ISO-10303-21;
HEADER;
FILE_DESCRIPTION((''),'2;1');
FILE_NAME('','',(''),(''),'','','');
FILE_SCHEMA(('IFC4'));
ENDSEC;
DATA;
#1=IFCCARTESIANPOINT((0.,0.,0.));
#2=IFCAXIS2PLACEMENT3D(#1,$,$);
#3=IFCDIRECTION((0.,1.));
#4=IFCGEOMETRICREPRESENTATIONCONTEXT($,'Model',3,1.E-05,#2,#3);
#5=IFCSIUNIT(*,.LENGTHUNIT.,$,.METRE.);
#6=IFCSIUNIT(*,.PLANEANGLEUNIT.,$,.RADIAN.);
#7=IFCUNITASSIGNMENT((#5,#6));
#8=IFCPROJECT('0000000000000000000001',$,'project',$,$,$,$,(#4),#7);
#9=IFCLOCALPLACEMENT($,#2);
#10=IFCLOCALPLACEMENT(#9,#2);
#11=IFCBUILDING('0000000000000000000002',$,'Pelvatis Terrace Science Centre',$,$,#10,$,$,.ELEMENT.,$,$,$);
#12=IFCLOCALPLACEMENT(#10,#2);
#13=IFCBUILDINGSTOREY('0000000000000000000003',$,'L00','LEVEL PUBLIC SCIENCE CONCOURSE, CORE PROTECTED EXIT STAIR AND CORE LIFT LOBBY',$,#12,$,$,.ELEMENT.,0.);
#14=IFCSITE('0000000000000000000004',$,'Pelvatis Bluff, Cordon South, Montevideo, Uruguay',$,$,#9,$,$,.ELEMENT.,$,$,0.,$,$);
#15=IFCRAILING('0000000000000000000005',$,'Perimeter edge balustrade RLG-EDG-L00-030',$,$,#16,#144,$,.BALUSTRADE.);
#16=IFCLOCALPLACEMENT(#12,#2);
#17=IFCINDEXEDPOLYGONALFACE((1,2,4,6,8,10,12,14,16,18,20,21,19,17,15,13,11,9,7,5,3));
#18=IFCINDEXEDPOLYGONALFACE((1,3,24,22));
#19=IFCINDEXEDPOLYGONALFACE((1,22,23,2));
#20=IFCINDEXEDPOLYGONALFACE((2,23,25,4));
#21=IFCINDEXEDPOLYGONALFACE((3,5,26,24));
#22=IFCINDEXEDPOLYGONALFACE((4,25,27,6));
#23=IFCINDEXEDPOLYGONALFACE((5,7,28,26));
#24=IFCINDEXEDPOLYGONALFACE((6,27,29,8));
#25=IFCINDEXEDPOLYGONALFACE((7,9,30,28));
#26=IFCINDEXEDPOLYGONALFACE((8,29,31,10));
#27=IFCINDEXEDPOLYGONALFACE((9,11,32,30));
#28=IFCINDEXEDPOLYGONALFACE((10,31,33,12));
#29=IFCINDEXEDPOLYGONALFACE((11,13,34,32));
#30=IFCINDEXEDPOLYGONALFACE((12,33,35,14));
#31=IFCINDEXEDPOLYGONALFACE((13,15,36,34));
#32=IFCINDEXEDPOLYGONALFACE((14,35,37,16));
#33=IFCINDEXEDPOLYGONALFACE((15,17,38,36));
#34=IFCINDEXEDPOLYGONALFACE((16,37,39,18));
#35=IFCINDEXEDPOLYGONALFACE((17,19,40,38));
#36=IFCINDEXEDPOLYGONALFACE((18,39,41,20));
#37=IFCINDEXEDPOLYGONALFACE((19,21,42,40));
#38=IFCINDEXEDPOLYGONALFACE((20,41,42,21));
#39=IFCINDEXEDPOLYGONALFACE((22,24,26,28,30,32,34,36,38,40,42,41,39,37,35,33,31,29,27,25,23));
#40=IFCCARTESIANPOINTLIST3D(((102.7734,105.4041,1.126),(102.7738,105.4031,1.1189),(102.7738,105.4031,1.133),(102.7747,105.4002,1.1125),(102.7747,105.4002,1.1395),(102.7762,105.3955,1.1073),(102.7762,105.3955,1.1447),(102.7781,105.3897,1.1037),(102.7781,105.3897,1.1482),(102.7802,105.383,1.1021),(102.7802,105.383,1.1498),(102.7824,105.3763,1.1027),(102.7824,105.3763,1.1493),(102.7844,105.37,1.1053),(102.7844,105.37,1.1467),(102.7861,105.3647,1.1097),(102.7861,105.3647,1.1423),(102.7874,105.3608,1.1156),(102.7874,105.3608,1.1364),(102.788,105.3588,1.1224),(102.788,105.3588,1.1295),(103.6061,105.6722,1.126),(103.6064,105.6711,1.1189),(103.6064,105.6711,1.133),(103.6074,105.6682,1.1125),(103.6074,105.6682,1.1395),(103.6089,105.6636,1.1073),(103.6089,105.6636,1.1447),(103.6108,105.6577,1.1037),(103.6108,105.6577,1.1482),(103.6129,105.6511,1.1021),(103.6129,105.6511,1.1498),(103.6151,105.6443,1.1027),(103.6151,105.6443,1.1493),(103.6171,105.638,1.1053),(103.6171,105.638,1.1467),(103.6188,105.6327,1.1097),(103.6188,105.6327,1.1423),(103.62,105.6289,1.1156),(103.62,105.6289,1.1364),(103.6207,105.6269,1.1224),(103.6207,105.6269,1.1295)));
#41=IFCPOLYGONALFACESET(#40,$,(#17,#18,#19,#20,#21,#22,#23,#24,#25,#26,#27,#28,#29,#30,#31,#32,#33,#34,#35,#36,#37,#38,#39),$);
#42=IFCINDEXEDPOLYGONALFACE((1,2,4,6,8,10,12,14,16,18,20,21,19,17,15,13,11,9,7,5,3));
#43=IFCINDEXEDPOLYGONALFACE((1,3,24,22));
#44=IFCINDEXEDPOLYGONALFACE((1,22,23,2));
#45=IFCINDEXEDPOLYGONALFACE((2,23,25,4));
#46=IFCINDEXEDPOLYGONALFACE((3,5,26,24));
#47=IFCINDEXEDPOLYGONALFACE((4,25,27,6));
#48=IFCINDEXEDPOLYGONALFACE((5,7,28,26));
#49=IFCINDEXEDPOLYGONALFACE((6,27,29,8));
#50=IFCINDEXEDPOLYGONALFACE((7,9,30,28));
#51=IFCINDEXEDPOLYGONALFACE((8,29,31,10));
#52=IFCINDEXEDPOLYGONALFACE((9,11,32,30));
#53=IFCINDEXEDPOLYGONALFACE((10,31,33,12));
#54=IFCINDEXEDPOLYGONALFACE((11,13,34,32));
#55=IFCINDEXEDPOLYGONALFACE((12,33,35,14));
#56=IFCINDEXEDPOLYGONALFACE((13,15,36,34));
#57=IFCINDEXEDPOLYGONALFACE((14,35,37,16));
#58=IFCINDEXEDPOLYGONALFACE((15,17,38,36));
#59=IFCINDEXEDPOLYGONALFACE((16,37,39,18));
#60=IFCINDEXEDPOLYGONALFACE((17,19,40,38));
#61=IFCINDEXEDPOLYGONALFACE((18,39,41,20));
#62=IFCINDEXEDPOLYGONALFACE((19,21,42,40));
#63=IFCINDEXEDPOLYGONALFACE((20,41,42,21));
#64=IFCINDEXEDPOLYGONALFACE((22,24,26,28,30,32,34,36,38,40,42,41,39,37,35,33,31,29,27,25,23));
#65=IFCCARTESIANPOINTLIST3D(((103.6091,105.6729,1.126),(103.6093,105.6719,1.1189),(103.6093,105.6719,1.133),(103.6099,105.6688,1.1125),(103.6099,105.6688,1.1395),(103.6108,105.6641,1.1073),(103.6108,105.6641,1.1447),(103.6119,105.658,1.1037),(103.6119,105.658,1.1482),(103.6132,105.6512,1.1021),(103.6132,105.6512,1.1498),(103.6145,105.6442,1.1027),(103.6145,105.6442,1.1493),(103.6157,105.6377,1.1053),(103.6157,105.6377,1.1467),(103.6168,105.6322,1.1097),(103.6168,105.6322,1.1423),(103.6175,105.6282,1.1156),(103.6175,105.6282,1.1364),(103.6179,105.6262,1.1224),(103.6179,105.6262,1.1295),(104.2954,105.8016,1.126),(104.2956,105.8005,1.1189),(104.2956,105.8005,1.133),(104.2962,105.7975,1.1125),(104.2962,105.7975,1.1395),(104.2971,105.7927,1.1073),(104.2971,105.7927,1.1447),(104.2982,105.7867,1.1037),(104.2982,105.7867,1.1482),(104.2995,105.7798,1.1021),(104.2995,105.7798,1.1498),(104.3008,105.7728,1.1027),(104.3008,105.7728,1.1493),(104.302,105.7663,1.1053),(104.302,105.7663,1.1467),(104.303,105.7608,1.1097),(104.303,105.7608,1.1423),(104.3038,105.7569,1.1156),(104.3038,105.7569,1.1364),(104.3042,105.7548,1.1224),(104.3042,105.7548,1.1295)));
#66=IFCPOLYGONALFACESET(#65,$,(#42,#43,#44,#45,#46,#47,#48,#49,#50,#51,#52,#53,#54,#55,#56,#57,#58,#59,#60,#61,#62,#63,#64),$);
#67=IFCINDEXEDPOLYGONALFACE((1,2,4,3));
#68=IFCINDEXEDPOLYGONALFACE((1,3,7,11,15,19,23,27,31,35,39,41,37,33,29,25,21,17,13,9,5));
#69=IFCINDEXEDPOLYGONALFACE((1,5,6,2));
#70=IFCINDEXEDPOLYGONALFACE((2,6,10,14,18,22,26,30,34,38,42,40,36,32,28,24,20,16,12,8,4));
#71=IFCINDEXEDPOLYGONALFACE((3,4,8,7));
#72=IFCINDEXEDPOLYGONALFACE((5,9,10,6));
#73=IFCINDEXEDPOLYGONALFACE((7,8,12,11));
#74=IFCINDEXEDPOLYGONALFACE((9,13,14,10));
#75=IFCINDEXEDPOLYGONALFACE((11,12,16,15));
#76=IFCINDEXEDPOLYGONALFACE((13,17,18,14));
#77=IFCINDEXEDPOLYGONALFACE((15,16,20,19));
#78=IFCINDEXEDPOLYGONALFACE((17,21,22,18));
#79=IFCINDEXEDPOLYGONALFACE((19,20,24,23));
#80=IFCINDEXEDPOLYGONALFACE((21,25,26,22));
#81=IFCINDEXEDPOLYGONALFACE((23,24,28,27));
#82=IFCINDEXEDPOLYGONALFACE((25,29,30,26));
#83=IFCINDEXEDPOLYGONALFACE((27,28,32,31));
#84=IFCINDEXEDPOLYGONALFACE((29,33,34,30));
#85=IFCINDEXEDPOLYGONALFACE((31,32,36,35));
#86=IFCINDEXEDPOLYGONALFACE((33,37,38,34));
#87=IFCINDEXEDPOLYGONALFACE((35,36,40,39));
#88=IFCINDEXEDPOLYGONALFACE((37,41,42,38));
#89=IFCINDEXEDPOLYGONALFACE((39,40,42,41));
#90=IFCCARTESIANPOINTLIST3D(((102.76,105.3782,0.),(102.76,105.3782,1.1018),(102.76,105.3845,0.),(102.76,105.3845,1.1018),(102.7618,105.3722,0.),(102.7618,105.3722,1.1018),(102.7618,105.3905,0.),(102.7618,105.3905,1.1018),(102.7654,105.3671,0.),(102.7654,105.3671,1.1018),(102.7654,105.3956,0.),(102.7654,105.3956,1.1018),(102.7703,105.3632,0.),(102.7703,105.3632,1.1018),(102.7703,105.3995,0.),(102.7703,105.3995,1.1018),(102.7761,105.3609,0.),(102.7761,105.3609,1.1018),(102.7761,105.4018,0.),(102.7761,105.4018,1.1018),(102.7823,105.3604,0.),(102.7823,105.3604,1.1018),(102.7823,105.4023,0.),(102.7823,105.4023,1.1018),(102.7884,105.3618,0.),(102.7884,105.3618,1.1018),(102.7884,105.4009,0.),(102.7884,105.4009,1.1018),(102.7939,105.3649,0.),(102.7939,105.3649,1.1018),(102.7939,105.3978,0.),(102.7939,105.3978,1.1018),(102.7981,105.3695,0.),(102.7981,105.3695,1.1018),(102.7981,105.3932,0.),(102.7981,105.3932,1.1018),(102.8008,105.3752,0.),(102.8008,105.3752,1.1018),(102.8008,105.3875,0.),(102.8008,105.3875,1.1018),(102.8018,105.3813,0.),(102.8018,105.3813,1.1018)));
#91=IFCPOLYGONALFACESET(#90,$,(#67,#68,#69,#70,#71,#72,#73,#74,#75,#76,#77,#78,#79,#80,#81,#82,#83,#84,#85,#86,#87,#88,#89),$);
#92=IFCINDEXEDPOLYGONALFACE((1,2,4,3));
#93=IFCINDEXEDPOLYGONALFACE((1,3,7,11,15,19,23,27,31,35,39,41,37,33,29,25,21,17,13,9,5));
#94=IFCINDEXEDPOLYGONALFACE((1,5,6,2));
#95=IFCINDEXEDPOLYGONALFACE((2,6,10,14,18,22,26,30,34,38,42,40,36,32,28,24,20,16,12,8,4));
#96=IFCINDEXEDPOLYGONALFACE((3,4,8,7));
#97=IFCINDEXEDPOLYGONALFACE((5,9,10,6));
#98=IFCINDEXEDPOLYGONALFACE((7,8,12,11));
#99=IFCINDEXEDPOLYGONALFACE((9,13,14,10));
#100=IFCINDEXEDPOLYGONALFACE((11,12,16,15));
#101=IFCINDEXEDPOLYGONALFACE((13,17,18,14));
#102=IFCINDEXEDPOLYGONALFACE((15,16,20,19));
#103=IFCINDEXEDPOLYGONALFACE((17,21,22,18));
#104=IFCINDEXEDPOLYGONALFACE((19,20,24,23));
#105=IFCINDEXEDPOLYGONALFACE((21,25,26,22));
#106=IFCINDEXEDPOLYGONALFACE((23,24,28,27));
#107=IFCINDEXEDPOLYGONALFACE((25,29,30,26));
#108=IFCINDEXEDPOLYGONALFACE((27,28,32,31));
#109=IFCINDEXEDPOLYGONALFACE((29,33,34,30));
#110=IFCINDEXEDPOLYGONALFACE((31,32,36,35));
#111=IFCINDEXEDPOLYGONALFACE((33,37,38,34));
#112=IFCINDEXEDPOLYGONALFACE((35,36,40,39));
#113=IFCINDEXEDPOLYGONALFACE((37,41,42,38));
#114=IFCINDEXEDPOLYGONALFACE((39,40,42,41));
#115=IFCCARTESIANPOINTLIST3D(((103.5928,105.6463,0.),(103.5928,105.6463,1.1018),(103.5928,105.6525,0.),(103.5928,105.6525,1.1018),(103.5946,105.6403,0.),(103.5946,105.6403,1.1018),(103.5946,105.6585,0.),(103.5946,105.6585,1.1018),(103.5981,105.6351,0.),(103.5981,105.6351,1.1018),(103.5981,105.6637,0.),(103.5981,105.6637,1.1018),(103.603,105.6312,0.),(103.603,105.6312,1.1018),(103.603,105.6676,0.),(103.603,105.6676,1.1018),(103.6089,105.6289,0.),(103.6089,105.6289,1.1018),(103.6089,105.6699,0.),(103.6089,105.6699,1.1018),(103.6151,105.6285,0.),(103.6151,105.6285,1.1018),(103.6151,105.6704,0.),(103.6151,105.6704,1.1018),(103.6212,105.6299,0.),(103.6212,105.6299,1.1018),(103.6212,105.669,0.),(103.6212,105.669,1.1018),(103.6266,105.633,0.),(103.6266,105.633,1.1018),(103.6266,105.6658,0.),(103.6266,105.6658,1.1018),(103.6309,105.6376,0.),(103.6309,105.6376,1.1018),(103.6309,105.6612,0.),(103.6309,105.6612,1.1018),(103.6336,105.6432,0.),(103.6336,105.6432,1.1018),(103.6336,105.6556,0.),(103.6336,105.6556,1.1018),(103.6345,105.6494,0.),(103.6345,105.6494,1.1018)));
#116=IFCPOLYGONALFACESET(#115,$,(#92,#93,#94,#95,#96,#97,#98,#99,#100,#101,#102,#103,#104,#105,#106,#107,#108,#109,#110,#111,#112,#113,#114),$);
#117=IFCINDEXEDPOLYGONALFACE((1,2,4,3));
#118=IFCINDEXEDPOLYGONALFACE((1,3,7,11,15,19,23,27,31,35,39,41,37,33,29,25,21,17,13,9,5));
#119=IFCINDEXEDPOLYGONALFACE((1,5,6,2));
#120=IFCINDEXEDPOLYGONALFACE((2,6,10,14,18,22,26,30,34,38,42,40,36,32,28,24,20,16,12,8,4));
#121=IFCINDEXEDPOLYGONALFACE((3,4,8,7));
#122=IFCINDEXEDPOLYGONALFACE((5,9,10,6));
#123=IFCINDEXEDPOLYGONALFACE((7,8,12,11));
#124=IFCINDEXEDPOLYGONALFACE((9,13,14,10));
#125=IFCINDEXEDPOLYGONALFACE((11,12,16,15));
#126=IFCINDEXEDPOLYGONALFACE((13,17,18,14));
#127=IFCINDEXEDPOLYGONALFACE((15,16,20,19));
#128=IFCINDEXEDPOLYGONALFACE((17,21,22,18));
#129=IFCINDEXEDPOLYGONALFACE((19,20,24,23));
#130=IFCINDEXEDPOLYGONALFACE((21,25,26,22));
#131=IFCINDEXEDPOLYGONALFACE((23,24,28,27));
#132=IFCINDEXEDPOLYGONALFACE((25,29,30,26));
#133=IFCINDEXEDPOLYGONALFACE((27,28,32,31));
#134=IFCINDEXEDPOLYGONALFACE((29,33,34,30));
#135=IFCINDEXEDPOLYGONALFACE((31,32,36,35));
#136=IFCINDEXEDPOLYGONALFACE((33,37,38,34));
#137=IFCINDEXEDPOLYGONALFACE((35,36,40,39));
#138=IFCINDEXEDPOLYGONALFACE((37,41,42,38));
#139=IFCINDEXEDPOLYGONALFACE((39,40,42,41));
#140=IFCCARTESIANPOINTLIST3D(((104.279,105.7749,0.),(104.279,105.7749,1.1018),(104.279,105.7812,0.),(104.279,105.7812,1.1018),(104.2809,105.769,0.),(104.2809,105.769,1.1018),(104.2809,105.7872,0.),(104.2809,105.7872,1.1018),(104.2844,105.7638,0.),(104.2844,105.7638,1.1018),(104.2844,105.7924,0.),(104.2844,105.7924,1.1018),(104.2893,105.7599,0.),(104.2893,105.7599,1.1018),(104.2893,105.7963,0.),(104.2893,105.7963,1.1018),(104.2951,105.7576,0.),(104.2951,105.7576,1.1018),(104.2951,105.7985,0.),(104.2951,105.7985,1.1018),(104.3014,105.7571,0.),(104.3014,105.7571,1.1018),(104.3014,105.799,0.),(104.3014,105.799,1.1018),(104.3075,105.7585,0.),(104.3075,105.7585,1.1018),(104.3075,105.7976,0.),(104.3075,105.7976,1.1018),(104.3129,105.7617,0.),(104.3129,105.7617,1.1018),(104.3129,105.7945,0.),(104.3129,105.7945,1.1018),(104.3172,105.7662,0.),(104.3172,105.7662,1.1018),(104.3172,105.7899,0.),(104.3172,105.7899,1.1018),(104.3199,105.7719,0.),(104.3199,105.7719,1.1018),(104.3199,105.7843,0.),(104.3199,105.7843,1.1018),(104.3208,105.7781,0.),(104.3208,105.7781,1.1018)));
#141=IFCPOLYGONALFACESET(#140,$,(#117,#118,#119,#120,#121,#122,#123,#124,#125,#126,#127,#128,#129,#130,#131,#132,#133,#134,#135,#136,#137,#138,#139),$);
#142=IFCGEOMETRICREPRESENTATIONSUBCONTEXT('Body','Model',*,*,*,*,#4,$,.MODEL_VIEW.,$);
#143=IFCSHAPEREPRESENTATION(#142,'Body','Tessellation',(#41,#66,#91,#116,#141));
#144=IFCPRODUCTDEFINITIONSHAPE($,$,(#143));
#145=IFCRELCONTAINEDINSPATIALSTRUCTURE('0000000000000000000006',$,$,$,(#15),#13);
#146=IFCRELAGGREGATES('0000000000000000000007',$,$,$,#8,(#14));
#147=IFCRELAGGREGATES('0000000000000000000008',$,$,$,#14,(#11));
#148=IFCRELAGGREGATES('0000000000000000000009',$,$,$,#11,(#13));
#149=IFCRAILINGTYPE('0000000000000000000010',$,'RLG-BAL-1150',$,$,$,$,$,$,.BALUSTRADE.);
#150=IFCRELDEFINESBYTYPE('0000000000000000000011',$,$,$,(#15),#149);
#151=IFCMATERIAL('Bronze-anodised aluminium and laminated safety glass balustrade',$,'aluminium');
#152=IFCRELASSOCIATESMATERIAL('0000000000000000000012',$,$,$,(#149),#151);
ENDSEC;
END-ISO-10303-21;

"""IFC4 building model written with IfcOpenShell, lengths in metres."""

from ifc_helpers import new_model, si_unit, direction, frame, origin, origin_2d, place, context, subcontext, project, spatial, circle, extrude, material, type_object, element, save


model = new_model("IFC4")

# Units and contexts
model_context = context("Model", 3, precision=1e-05, world=origin(), true_north=direction((0.0, 1.0)))
body_context = subcontext(model_context, "Body", "Model", "MODEL_VIEW")
ifc_project = project(units=[si_unit("LENGTHUNIT", "METRE"), si_unit("PLANEANGLEUNIT", "RADIAN")], contexts=[model_context])

# Site, building, storey
site_placement = place(None, origin())
site = spatial("IfcSite", under=ifc_project, at=site_placement, Name="Pelvatis Bluff, Cordon South, Montevideo, Uruguay", CompositionType="ELEMENT", RefElevation=0.0)
building_placement = place(site_placement, origin())
building = spatial("IfcBuilding", under=site, at=building_placement, Name="Pelvatis Terrace Science Centre", CompositionType="ELEMENT")
storey_placement = place(building_placement, origin())
storey = spatial("IfcBuildingStorey", under=building, at=storey_placement, Name="L00", Description="LEVEL PUBLIC SCIENCE CONCOURSE, CORE PROTECTED EXIT STAIR AND CORE LIFT LOBBY", CompositionType="ELEMENT", Elevation=0.0)

# Railing
ifc_material_1 = material(Name="Bronze-anodised aluminium and laminated safety glass balustrade", Category="aluminium")
railing_type = type_object("IfcRailingType", Name="RLG-BAL-1150", PredefinedType="BALUSTRADE", material=ifc_material_1)
railing_placement = place(storey_placement, frame((102.7808, 105.3813, 0.0)))
element("IfcRailing", 1, at=railing_placement, inside=storey, type_object=railing_type, Name="Perimeter edge balustrade RLG-EDG-L00-030", PredefinedType="BALUSTRADE", context=body_context, shape_type="SweptSolid", body=[
    extrude(circle(Radius=0.0239, at=origin_2d()), frame((0.0, 0.0, 1.126), z_axis=(0.951898, 0.306416, 0.0), x_axis=(-0.306416, 0.951898, 0.0)), (0.0, 0.0, 1.0), 0.8748),
    extrude(circle(Radius=0.0239, at=origin_2d()), frame((0.8328, 0.2681, 1.126), z_axis=(0.982876, 0.184267, 0.0), x_axis=(-0.184267, 0.982876, 0.0)), (0.0, 0.0, 1.0), 0.6982),
    extrude(circle(Radius=0.021, at=origin_2d()), origin(), (0.0, 0.0, 1.0), 1.1018),
    extrude(circle(Radius=0.021, at=origin_2d()), frame((0.8328, 0.2681, 0.0)), (0.0, 0.0, 1.0), 1.1018),
    extrude(circle(Radius=0.021, at=origin_2d()), frame((1.519, 0.3967, 0.0)), (0.0, 0.0, 1.0), 1.1018),
])

save(model, "model.ifc")
